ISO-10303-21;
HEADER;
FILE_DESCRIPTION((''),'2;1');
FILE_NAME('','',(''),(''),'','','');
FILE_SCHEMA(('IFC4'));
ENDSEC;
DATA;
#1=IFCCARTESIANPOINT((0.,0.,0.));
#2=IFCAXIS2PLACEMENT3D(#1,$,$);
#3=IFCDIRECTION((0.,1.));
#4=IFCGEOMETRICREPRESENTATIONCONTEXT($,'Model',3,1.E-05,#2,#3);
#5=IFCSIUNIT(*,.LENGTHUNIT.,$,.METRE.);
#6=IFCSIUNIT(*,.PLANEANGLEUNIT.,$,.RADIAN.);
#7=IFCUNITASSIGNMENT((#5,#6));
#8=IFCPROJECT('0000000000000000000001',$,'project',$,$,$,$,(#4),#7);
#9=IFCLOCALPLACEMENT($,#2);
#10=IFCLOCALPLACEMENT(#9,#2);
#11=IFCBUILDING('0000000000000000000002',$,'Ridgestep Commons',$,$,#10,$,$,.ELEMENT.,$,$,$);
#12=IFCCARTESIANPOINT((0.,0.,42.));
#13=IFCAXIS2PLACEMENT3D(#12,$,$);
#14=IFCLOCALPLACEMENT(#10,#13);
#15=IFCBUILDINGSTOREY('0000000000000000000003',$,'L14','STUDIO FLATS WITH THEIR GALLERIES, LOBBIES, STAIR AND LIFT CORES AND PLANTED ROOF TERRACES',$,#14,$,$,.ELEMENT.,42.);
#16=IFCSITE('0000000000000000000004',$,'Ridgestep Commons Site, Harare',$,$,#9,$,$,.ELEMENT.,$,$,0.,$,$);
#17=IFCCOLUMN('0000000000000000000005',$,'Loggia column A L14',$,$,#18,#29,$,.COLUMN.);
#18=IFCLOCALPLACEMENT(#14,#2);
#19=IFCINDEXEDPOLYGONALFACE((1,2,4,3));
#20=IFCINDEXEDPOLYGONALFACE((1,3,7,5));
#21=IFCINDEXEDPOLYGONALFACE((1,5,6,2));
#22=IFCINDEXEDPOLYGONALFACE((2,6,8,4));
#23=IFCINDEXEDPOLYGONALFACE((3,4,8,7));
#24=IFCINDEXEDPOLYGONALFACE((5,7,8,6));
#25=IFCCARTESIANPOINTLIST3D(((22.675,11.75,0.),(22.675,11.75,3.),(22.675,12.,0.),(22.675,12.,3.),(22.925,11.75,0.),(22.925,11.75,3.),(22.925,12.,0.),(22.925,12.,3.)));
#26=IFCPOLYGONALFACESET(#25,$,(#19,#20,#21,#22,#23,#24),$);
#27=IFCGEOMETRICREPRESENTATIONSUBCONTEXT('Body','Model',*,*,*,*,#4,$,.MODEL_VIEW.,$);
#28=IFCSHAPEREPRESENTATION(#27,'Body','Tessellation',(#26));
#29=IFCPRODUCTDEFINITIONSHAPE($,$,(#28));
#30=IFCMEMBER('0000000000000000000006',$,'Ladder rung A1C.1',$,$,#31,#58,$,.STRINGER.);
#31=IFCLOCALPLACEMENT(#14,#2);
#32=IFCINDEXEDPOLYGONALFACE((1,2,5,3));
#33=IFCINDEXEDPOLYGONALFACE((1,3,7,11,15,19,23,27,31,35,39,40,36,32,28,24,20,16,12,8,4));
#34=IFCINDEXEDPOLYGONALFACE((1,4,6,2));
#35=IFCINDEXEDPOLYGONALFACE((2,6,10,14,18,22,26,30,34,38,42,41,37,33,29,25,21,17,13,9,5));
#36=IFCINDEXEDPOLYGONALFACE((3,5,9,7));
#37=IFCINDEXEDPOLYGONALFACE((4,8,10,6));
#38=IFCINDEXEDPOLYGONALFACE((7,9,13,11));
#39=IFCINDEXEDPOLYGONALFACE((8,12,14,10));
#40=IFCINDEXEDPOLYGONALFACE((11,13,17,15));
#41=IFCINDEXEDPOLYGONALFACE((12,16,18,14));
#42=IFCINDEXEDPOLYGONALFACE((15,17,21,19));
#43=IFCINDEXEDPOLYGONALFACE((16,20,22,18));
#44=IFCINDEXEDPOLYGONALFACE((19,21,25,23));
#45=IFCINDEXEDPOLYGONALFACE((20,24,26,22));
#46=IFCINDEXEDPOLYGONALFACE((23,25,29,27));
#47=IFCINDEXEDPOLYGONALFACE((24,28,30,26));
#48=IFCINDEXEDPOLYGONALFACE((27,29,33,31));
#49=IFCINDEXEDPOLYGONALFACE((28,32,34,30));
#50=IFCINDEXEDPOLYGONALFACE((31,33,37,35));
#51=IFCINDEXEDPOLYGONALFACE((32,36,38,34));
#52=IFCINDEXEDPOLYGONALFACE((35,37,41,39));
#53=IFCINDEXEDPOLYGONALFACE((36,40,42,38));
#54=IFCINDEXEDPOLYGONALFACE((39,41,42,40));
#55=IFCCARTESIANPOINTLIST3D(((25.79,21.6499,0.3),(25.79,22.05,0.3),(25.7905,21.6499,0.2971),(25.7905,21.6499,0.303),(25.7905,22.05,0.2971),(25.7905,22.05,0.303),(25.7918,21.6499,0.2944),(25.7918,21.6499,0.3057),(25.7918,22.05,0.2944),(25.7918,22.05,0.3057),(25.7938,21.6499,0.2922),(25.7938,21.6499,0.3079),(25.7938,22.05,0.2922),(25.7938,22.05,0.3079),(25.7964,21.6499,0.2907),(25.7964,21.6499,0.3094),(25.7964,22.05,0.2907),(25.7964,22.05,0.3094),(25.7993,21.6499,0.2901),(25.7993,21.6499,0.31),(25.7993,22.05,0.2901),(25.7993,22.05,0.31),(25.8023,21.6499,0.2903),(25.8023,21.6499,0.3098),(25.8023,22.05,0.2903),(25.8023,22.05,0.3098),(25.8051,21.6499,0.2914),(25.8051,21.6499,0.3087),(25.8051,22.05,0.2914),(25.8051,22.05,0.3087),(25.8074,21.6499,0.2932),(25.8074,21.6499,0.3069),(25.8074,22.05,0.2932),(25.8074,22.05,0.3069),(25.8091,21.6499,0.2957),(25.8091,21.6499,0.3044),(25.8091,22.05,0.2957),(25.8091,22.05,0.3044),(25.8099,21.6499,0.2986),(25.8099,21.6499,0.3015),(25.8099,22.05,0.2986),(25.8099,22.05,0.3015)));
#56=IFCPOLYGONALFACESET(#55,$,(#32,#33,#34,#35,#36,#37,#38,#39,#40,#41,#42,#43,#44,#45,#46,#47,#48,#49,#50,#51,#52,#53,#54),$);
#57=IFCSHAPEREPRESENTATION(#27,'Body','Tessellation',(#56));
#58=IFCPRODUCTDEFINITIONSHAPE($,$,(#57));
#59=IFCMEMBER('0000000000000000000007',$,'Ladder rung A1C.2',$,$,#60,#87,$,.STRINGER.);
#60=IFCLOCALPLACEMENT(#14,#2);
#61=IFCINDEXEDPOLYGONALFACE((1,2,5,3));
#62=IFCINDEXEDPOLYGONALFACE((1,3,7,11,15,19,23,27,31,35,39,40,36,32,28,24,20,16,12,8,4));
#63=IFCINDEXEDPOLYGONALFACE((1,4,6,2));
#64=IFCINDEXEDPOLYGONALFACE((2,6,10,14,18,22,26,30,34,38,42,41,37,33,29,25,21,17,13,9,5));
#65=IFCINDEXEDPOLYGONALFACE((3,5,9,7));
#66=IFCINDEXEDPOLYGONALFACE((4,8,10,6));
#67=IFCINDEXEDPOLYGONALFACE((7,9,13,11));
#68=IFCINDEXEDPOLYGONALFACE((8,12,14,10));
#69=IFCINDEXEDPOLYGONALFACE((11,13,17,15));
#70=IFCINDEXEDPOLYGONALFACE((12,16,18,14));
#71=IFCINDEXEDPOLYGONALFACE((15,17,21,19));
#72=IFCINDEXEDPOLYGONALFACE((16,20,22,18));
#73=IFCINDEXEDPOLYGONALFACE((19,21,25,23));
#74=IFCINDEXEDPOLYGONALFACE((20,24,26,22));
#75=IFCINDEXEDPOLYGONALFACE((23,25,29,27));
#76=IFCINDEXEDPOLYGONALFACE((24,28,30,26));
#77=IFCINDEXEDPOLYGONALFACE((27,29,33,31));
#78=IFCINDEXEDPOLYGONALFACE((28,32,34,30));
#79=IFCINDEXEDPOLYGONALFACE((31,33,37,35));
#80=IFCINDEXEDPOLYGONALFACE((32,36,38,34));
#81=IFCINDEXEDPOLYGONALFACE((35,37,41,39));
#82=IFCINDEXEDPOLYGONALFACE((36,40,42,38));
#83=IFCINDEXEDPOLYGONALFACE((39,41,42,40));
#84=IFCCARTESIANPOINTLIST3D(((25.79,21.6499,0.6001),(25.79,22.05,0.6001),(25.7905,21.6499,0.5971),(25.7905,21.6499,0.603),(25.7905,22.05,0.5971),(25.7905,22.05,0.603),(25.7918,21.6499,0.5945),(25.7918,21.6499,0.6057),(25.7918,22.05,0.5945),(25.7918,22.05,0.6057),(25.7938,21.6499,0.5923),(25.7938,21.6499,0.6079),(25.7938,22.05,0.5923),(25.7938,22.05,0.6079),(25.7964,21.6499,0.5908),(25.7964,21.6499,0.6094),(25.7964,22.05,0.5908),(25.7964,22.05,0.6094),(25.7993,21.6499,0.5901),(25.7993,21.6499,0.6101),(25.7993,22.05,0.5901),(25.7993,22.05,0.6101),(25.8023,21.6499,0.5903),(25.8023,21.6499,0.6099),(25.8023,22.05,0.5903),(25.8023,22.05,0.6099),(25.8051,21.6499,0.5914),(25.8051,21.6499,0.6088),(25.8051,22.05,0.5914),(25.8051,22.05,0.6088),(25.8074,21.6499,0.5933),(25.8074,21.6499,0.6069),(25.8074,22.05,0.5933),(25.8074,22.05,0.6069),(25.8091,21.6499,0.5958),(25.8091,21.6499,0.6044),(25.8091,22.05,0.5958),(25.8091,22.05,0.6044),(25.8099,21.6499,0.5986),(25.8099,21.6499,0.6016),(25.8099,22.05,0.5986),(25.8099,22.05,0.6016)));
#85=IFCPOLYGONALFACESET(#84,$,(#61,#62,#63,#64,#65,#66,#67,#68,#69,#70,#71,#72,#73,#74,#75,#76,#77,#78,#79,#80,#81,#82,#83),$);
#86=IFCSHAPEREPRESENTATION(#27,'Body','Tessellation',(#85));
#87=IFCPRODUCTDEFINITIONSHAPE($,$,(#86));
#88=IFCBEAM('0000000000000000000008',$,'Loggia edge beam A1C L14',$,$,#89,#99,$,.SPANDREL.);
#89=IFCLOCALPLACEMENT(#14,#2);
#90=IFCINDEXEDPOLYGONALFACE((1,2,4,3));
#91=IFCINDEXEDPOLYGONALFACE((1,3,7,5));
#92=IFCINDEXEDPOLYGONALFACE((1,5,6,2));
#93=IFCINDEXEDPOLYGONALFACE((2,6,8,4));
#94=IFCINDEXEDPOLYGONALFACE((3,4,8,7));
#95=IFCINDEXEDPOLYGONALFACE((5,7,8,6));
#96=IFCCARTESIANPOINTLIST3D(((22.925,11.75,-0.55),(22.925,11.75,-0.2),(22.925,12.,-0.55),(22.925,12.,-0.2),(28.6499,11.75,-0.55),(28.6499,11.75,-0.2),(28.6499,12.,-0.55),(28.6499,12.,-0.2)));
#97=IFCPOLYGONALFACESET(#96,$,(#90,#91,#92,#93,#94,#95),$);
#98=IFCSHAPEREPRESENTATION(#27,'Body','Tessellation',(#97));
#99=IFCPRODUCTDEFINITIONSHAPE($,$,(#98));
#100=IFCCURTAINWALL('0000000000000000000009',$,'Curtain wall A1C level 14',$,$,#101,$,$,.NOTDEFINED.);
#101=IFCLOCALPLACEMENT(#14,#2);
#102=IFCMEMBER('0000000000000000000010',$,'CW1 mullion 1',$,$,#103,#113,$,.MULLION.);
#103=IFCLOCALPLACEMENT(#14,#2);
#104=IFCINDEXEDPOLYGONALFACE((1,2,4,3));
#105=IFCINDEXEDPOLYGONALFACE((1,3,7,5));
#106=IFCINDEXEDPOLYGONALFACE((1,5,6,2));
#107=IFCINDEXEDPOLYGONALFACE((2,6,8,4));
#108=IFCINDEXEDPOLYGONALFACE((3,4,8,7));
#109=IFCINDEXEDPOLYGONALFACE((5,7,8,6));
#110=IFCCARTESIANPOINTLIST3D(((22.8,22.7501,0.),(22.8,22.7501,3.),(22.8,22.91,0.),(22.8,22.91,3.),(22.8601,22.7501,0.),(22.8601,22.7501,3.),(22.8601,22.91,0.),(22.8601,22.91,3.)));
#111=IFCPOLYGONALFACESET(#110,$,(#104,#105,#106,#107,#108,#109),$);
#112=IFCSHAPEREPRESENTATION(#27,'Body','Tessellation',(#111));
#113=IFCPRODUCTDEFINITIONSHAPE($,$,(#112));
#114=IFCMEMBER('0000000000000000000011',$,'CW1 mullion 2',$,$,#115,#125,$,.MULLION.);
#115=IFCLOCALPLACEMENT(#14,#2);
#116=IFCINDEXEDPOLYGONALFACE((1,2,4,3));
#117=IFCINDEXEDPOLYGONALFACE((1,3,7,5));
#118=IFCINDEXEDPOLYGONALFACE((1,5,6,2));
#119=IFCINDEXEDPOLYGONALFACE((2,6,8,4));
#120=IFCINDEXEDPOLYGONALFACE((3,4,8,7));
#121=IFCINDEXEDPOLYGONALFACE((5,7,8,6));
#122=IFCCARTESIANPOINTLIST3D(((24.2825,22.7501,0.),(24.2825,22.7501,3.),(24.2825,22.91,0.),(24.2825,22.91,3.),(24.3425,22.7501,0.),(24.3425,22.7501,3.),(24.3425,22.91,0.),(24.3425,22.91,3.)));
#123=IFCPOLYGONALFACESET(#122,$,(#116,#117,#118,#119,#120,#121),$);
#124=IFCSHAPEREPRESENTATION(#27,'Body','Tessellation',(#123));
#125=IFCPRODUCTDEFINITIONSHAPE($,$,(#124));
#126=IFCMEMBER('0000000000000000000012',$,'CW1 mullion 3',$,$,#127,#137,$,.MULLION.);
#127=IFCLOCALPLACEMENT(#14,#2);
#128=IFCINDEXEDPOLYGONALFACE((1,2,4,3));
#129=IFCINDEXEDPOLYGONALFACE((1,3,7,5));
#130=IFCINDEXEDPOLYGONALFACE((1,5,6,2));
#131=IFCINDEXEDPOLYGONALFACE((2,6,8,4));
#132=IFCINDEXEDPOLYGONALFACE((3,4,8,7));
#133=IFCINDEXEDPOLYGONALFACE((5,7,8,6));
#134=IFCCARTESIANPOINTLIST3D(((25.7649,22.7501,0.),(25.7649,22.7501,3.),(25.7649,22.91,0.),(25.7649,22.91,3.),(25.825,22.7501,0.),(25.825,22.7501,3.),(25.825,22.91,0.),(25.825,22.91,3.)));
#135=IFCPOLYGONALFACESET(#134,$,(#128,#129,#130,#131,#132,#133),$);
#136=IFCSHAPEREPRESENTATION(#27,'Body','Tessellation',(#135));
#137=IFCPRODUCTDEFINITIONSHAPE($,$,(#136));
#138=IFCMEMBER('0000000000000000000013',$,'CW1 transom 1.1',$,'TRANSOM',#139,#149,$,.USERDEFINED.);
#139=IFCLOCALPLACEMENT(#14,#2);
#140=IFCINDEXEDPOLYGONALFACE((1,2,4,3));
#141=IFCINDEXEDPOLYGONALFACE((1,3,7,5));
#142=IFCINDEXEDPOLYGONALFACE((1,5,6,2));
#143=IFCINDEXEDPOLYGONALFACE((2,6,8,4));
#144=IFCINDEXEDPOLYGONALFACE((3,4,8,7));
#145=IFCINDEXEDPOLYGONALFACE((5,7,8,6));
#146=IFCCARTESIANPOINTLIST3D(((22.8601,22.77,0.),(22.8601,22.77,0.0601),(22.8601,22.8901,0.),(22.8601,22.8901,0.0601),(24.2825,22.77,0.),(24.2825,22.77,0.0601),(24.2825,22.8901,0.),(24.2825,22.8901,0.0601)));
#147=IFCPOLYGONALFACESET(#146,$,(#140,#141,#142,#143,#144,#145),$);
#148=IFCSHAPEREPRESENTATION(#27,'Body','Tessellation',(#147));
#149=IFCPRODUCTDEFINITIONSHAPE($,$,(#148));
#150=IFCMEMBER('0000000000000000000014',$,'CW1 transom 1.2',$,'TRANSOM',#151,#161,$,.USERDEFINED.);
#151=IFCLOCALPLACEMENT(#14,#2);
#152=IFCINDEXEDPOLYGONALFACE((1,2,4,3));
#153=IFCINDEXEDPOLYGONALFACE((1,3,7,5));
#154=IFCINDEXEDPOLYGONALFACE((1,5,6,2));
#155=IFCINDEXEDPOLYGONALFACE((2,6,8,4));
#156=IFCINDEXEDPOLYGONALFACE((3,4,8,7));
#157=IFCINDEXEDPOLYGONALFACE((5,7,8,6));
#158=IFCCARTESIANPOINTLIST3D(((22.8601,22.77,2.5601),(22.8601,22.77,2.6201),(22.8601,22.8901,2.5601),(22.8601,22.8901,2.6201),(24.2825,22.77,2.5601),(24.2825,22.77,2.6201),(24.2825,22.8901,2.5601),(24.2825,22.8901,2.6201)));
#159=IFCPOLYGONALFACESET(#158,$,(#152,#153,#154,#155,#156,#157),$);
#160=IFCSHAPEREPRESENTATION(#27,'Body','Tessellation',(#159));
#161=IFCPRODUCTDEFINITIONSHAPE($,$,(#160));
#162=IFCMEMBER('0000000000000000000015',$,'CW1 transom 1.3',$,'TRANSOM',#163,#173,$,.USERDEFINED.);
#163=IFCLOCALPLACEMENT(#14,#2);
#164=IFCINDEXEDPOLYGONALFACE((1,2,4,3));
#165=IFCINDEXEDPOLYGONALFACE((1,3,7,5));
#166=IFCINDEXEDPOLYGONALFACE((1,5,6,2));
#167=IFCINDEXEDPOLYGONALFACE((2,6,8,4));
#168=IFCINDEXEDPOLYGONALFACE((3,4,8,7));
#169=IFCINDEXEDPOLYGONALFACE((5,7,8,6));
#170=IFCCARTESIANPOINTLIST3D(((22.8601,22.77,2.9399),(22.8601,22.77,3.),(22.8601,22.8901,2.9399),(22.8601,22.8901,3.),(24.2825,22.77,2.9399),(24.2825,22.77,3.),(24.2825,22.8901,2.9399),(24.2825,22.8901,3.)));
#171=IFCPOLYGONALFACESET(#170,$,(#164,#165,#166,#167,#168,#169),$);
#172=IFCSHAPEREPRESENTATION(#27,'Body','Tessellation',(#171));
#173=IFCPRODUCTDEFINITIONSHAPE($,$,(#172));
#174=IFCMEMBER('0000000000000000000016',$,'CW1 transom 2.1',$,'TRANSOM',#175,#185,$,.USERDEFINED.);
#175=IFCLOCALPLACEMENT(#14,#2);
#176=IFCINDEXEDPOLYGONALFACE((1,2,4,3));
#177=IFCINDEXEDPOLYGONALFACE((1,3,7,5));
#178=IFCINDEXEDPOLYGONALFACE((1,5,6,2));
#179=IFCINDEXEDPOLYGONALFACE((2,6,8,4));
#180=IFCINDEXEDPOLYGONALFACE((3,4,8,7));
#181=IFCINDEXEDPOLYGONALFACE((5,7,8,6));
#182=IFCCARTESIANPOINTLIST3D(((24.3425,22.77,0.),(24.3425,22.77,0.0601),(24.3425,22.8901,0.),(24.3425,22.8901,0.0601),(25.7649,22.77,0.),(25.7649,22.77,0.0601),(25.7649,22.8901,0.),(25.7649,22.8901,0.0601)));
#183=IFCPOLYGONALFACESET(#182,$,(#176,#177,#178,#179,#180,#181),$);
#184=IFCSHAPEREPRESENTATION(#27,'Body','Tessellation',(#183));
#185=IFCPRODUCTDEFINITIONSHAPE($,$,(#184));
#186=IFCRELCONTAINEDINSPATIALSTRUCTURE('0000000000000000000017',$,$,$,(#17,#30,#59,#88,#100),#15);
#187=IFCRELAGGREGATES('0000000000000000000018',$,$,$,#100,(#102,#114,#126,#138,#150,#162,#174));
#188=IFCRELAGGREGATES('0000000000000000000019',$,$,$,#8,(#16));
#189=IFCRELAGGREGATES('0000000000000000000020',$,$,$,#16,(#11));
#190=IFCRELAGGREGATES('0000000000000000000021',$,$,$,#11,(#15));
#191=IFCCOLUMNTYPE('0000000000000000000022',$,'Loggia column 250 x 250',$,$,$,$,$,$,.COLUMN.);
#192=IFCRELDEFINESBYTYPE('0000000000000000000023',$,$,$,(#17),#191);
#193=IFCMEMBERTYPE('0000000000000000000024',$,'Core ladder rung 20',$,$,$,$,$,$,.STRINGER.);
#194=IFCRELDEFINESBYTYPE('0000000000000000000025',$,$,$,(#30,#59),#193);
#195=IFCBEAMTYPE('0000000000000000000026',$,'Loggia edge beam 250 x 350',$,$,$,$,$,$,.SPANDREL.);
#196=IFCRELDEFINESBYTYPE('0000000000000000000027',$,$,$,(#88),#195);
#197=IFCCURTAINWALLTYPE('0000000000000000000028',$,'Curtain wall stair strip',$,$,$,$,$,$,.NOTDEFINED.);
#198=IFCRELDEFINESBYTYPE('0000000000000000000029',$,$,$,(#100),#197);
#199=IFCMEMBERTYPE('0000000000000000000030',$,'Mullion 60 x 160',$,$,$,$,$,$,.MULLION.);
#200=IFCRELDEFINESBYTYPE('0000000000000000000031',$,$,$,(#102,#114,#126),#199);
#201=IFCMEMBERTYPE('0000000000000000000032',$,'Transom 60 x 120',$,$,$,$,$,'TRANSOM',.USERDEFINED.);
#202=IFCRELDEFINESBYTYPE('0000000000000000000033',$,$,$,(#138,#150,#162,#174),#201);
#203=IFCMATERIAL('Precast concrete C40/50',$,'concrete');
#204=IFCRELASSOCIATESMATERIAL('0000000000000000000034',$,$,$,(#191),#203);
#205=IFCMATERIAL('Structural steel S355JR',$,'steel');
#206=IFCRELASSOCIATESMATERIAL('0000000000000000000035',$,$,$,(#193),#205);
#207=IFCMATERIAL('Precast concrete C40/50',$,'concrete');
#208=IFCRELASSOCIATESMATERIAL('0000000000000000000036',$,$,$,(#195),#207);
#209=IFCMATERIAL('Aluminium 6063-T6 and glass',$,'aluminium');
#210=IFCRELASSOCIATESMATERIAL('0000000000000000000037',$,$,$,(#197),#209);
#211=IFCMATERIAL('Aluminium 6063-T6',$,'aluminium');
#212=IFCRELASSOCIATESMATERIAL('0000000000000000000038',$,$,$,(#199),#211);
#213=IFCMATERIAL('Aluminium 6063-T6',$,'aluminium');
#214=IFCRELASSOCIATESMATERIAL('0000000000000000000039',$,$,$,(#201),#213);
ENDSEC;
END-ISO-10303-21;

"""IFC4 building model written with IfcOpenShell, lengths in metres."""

from ifc_helpers import new_model, si_unit, direction, frame, origin, origin_2d, place, context, subcontext, project, spatial, rectangle, circle, extrude, material, material_profile, profile_set, type_object, element, aggregate, save


model = new_model("IFC4")

# Units and contexts
model_context = context("Model", 3, precision=1e-05, world=origin(), true_north=direction((0.0, 1.0)))
body_context = subcontext(model_context, "Body", "Model", "MODEL_VIEW")
ifc_project = project(units=[si_unit("LENGTHUNIT", "METRE"), si_unit("PLANEANGLEUNIT", "RADIAN")], contexts=[model_context])

# Site, building, storey
site_placement = place(None, origin())
site = spatial("IfcSite", under=ifc_project, at=site_placement, Name="Ridgestep Commons Site, Harare", CompositionType="ELEMENT", RefElevation=0.0)
building_placement = place(site_placement, origin())
building = spatial("IfcBuilding", under=site, at=building_placement, Name="Ridgestep Commons", CompositionType="ELEMENT")
storey_placement = place(building_placement, frame((0.0, 0.0, 42.0)))
storey = spatial("IfcBuildingStorey", under=building, at=storey_placement, Name="L14", Description="STUDIO FLATS WITH THEIR GALLERIES, LOBBIES, STAIR AND LIFT CORES AND PLANTED ROOF TERRACES", CompositionType="ELEMENT", Elevation=42.0)

# Column
ifc_material_1 = material(Name="Precast concrete C40/50", Category="concrete")
ifc_material_profile_1 = material_profile(ifc_material_1, rectangle(XDim=0.25, YDim=0.25, at=origin_2d()), Name="PC 250x250")
ifc_profile_set_1 = profile_set([ifc_material_profile_1], Name="Precast concrete C40/50")
column_type = type_object("IfcColumnType", Name="Loggia column 250 x 250", PredefinedType="COLUMN", material=ifc_profile_set_1)
column_placement = place(storey_placement, frame((22.8, 11.875, 0.0), z_axis=(0.0, 0.0, 1.0), x_axis=(1.0, 0.0, 0.0)))
element("IfcColumn", 1, at=column_placement, inside=storey, type_object=column_type, Name="Loggia column A L14", PredefinedType="COLUMN", context=body_context, shape_type="SweptSolid", body=[
    extrude(rectangle(XDim=0.25, YDim=0.25, at=origin_2d()), origin(), (0.0, 0.0, 1.0), 3.0),
])

# Members
ifc_material_2 = material(Name="Structural steel S355JR", Category="steel")
ifc_material_profile_2 = material_profile(ifc_material_2, circle(Radius=0.01, at=origin_2d()), Name="Round bar 20")
ifc_profile_set_2 = profile_set([ifc_material_profile_2], Name="Structural steel S355JR")
member_type_1 = type_object("IfcMemberType", Name="Core ladder rung 20", PredefinedType="STRINGER", material=ifc_profile_set_2)
for number, where, z_axis, x_axis, name in (
    (2, (25.8, 21.6499, 0.3), (0.0, 1.0, 0.0), (-1.0, 0.0, 0.0), "Ladder rung A1C.1"),
    (3, (25.8, 21.6499, 0.6001), (0.0, 1.0, 0.0), (-1.0, 0.0, 0.0), "Ladder rung A1C.2"),
):
    element("IfcMember", number, at=place(storey_placement, frame(where, z_axis=z_axis, x_axis=x_axis)), inside=storey, type_object=member_type_1, Name=name, PredefinedType="STRINGER", context=body_context, shape_type="SweptSolid", body=[
        extrude(circle(Radius=0.01, at=origin_2d()), origin(), (0.0, 0.0, 1.0), 0.4001),
    ])

# Beam
ifc_material_3 = material(Name="Precast concrete C40/50", Category="concrete")
ifc_material_profile_3 = material_profile(ifc_material_3, rectangle(XDim=0.25, YDim=0.3501, at=origin_2d()), Name="PC 250x350")
ifc_profile_set_3 = profile_set([ifc_material_profile_3], Name="Precast concrete C40/50")
beam_type = type_object("IfcBeamType", Name="Loggia edge beam 250 x 350", PredefinedType="SPANDREL", material=ifc_profile_set_3)
beam_placement = place(storey_placement, frame((22.925, 11.875, -0.375), z_axis=(1.0, 0.0, 0.0), x_axis=(0.0, 1.0, 0.0)))
element("IfcBeam", 4, at=beam_placement, inside=storey, type_object=beam_type, Name="Loggia edge beam A1C L14", PredefinedType="SPANDREL", context=body_context, shape_type="SweptSolid", body=[
    extrude(rectangle(XDim=0.25, YDim=0.3501, at=origin_2d()), origin(), (0.0, 0.0, 1.0), 5.7249),
])

# Curtain wall, members
ifc_material_4 = material(Name="Aluminium 6063-T6 and glass", Category="aluminium")
curtain_wall_type = type_object("IfcCurtainWallType", Name="Curtain wall stair strip", PredefinedType="NOTDEFINED", material=ifc_material_4)
curtain_wall_placement = place(storey_placement, origin())
curtain_wall = element("IfcCurtainWall", 5, at=curtain_wall_placement, inside=storey, type_object=curtain_wall_type, Name="Curtain wall A1C level 14", PredefinedType="NOTDEFINED")
ifc_material_5 = material(Name="Aluminium 6063-T6", Category="aluminium")
ifc_material_profile_4 = material_profile(ifc_material_5, rectangle(XDim=0.1599, YDim=0.0601, at=origin_2d()), Name="Mullion 60 x 160")
ifc_profile_set_4 = profile_set([ifc_material_profile_4], Name="Aluminium 6063-T6")
member_type_2 = type_object("IfcMemberType", Name="Mullion 60 x 160", PredefinedType="MULLION", material=ifc_profile_set_4)
member_1_placement = place(storey_placement, frame((22.8301, 22.8301, 0.0), z_axis=(0.0, 0.0, 1.0), x_axis=(0.0, 1.0, 0.0)))
member_1 = element("IfcMember", 6, at=member_1_placement, type_object=member_type_2, Name="CW1 mullion 1", PredefinedType="MULLION", context=body_context, shape_type="SweptSolid", body=[
    extrude(rectangle(XDim=0.1599, YDim=0.0601, at=origin_2d()), origin(), (0.0, 0.0, 1.0), 3.0),
])
member_2_placement = place(storey_placement, frame((24.3125, 22.8301, 0.0), z_axis=(0.0, 0.0, 1.0), x_axis=(0.0, 1.0, 0.0)))
member_2 = element("IfcMember", 7, at=member_2_placement, type_object=member_type_2, Name="CW1 mullion 2", PredefinedType="MULLION", context=body_context, shape_type="SweptSolid", body=[
    extrude(rectangle(XDim=0.1599, YDim=0.0601, at=origin_2d()), origin(), (0.0, 0.0, 1.0), 3.0),
])
member_3_placement = place(storey_placement, frame((25.7949, 22.8301, 0.0), z_axis=(0.0, 0.0, 1.0), x_axis=(0.0, 1.0, 0.0)))
member_3 = element("IfcMember", 8, at=member_3_placement, type_object=member_type_2, Name="CW1 mullion 3", PredefinedType="MULLION", context=body_context, shape_type="SweptSolid", body=[
    extrude(rectangle(XDim=0.1599, YDim=0.0601, at=origin_2d()), origin(), (0.0, 0.0, 1.0), 3.0),
])
ifc_material_6 = material(Name="Aluminium 6063-T6", Category="aluminium")
ifc_material_profile_5 = material_profile(ifc_material_6, rectangle(XDim=0.1201, YDim=0.0601, at=origin_2d()), Name="Transom 60 x 120")
ifc_profile_set_5 = profile_set([ifc_material_profile_5], Name="Aluminium 6063-T6")
member_type_3 = type_object("IfcMemberType", Name="Transom 60 x 120", ElementType="TRANSOM", PredefinedType="USERDEFINED", material=ifc_profile_set_5)
member_4_placement = place(storey_placement, frame((22.8601, 22.8301, 0.03), z_axis=(1.0, 0.0, 0.0), x_axis=(0.0, 1.0, 0.0)))
member_4 = element("IfcMember", 9, at=member_4_placement, type_object=member_type_3, Name="CW1 transom 1.1", ObjectType="TRANSOM", PredefinedType="USERDEFINED", context=body_context, shape_type="SweptSolid", body=[
    extrude(rectangle(XDim=0.1201, YDim=0.0601, at=origin_2d()), origin(), (0.0, 0.0, 1.0), 1.4224),
])
member_5_placement = place(storey_placement, frame((22.8601, 22.8301, 2.5901), z_axis=(1.0, 0.0, 0.0), x_axis=(0.0, 1.0, 0.0)))
member_5 = element("IfcMember", 10, at=member_5_placement, type_object=member_type_3, Name="CW1 transom 1.2", ObjectType="TRANSOM", PredefinedType="USERDEFINED", context=body_context, shape_type="SweptSolid", body=[
    extrude(rectangle(XDim=0.1201, YDim=0.0601, at=origin_2d()), origin(), (0.0, 0.0, 1.0), 1.4224),
])
member_6_placement = place(storey_placement, frame((22.8601, 22.8301, 2.97), z_axis=(1.0, 0.0, 0.0), x_axis=(0.0, 1.0, 0.0)))
member_6 = element("IfcMember", 11, at=member_6_placement, type_object=member_type_3, Name="CW1 transom 1.3", ObjectType="TRANSOM", PredefinedType="USERDEFINED", context=body_context, shape_type="SweptSolid", body=[
    extrude(rectangle(XDim=0.1201, YDim=0.0601, at=origin_2d()), origin(), (0.0, 0.0, 1.0), 1.4224),
])
member_7_placement = place(storey_placement, frame((24.3425, 22.8301, 0.03), z_axis=(1.0, 0.0, 0.0), x_axis=(0.0, 1.0, 0.0)))
member_7 = element("IfcMember", 12, at=member_7_placement, type_object=member_type_3, Name="CW1 transom 2.1", ObjectType="TRANSOM", PredefinedType="USERDEFINED", context=body_context, shape_type="SweptSolid", body=[
    extrude(rectangle(XDim=0.1201, YDim=0.0601, at=origin_2d()), origin(), (0.0, 0.0, 1.0), 1.4224),
])
aggregate(curtain_wall, [member_1, member_2, member_3, member_4, member_5, member_6, member_7])

save(model, "model.ifc")
